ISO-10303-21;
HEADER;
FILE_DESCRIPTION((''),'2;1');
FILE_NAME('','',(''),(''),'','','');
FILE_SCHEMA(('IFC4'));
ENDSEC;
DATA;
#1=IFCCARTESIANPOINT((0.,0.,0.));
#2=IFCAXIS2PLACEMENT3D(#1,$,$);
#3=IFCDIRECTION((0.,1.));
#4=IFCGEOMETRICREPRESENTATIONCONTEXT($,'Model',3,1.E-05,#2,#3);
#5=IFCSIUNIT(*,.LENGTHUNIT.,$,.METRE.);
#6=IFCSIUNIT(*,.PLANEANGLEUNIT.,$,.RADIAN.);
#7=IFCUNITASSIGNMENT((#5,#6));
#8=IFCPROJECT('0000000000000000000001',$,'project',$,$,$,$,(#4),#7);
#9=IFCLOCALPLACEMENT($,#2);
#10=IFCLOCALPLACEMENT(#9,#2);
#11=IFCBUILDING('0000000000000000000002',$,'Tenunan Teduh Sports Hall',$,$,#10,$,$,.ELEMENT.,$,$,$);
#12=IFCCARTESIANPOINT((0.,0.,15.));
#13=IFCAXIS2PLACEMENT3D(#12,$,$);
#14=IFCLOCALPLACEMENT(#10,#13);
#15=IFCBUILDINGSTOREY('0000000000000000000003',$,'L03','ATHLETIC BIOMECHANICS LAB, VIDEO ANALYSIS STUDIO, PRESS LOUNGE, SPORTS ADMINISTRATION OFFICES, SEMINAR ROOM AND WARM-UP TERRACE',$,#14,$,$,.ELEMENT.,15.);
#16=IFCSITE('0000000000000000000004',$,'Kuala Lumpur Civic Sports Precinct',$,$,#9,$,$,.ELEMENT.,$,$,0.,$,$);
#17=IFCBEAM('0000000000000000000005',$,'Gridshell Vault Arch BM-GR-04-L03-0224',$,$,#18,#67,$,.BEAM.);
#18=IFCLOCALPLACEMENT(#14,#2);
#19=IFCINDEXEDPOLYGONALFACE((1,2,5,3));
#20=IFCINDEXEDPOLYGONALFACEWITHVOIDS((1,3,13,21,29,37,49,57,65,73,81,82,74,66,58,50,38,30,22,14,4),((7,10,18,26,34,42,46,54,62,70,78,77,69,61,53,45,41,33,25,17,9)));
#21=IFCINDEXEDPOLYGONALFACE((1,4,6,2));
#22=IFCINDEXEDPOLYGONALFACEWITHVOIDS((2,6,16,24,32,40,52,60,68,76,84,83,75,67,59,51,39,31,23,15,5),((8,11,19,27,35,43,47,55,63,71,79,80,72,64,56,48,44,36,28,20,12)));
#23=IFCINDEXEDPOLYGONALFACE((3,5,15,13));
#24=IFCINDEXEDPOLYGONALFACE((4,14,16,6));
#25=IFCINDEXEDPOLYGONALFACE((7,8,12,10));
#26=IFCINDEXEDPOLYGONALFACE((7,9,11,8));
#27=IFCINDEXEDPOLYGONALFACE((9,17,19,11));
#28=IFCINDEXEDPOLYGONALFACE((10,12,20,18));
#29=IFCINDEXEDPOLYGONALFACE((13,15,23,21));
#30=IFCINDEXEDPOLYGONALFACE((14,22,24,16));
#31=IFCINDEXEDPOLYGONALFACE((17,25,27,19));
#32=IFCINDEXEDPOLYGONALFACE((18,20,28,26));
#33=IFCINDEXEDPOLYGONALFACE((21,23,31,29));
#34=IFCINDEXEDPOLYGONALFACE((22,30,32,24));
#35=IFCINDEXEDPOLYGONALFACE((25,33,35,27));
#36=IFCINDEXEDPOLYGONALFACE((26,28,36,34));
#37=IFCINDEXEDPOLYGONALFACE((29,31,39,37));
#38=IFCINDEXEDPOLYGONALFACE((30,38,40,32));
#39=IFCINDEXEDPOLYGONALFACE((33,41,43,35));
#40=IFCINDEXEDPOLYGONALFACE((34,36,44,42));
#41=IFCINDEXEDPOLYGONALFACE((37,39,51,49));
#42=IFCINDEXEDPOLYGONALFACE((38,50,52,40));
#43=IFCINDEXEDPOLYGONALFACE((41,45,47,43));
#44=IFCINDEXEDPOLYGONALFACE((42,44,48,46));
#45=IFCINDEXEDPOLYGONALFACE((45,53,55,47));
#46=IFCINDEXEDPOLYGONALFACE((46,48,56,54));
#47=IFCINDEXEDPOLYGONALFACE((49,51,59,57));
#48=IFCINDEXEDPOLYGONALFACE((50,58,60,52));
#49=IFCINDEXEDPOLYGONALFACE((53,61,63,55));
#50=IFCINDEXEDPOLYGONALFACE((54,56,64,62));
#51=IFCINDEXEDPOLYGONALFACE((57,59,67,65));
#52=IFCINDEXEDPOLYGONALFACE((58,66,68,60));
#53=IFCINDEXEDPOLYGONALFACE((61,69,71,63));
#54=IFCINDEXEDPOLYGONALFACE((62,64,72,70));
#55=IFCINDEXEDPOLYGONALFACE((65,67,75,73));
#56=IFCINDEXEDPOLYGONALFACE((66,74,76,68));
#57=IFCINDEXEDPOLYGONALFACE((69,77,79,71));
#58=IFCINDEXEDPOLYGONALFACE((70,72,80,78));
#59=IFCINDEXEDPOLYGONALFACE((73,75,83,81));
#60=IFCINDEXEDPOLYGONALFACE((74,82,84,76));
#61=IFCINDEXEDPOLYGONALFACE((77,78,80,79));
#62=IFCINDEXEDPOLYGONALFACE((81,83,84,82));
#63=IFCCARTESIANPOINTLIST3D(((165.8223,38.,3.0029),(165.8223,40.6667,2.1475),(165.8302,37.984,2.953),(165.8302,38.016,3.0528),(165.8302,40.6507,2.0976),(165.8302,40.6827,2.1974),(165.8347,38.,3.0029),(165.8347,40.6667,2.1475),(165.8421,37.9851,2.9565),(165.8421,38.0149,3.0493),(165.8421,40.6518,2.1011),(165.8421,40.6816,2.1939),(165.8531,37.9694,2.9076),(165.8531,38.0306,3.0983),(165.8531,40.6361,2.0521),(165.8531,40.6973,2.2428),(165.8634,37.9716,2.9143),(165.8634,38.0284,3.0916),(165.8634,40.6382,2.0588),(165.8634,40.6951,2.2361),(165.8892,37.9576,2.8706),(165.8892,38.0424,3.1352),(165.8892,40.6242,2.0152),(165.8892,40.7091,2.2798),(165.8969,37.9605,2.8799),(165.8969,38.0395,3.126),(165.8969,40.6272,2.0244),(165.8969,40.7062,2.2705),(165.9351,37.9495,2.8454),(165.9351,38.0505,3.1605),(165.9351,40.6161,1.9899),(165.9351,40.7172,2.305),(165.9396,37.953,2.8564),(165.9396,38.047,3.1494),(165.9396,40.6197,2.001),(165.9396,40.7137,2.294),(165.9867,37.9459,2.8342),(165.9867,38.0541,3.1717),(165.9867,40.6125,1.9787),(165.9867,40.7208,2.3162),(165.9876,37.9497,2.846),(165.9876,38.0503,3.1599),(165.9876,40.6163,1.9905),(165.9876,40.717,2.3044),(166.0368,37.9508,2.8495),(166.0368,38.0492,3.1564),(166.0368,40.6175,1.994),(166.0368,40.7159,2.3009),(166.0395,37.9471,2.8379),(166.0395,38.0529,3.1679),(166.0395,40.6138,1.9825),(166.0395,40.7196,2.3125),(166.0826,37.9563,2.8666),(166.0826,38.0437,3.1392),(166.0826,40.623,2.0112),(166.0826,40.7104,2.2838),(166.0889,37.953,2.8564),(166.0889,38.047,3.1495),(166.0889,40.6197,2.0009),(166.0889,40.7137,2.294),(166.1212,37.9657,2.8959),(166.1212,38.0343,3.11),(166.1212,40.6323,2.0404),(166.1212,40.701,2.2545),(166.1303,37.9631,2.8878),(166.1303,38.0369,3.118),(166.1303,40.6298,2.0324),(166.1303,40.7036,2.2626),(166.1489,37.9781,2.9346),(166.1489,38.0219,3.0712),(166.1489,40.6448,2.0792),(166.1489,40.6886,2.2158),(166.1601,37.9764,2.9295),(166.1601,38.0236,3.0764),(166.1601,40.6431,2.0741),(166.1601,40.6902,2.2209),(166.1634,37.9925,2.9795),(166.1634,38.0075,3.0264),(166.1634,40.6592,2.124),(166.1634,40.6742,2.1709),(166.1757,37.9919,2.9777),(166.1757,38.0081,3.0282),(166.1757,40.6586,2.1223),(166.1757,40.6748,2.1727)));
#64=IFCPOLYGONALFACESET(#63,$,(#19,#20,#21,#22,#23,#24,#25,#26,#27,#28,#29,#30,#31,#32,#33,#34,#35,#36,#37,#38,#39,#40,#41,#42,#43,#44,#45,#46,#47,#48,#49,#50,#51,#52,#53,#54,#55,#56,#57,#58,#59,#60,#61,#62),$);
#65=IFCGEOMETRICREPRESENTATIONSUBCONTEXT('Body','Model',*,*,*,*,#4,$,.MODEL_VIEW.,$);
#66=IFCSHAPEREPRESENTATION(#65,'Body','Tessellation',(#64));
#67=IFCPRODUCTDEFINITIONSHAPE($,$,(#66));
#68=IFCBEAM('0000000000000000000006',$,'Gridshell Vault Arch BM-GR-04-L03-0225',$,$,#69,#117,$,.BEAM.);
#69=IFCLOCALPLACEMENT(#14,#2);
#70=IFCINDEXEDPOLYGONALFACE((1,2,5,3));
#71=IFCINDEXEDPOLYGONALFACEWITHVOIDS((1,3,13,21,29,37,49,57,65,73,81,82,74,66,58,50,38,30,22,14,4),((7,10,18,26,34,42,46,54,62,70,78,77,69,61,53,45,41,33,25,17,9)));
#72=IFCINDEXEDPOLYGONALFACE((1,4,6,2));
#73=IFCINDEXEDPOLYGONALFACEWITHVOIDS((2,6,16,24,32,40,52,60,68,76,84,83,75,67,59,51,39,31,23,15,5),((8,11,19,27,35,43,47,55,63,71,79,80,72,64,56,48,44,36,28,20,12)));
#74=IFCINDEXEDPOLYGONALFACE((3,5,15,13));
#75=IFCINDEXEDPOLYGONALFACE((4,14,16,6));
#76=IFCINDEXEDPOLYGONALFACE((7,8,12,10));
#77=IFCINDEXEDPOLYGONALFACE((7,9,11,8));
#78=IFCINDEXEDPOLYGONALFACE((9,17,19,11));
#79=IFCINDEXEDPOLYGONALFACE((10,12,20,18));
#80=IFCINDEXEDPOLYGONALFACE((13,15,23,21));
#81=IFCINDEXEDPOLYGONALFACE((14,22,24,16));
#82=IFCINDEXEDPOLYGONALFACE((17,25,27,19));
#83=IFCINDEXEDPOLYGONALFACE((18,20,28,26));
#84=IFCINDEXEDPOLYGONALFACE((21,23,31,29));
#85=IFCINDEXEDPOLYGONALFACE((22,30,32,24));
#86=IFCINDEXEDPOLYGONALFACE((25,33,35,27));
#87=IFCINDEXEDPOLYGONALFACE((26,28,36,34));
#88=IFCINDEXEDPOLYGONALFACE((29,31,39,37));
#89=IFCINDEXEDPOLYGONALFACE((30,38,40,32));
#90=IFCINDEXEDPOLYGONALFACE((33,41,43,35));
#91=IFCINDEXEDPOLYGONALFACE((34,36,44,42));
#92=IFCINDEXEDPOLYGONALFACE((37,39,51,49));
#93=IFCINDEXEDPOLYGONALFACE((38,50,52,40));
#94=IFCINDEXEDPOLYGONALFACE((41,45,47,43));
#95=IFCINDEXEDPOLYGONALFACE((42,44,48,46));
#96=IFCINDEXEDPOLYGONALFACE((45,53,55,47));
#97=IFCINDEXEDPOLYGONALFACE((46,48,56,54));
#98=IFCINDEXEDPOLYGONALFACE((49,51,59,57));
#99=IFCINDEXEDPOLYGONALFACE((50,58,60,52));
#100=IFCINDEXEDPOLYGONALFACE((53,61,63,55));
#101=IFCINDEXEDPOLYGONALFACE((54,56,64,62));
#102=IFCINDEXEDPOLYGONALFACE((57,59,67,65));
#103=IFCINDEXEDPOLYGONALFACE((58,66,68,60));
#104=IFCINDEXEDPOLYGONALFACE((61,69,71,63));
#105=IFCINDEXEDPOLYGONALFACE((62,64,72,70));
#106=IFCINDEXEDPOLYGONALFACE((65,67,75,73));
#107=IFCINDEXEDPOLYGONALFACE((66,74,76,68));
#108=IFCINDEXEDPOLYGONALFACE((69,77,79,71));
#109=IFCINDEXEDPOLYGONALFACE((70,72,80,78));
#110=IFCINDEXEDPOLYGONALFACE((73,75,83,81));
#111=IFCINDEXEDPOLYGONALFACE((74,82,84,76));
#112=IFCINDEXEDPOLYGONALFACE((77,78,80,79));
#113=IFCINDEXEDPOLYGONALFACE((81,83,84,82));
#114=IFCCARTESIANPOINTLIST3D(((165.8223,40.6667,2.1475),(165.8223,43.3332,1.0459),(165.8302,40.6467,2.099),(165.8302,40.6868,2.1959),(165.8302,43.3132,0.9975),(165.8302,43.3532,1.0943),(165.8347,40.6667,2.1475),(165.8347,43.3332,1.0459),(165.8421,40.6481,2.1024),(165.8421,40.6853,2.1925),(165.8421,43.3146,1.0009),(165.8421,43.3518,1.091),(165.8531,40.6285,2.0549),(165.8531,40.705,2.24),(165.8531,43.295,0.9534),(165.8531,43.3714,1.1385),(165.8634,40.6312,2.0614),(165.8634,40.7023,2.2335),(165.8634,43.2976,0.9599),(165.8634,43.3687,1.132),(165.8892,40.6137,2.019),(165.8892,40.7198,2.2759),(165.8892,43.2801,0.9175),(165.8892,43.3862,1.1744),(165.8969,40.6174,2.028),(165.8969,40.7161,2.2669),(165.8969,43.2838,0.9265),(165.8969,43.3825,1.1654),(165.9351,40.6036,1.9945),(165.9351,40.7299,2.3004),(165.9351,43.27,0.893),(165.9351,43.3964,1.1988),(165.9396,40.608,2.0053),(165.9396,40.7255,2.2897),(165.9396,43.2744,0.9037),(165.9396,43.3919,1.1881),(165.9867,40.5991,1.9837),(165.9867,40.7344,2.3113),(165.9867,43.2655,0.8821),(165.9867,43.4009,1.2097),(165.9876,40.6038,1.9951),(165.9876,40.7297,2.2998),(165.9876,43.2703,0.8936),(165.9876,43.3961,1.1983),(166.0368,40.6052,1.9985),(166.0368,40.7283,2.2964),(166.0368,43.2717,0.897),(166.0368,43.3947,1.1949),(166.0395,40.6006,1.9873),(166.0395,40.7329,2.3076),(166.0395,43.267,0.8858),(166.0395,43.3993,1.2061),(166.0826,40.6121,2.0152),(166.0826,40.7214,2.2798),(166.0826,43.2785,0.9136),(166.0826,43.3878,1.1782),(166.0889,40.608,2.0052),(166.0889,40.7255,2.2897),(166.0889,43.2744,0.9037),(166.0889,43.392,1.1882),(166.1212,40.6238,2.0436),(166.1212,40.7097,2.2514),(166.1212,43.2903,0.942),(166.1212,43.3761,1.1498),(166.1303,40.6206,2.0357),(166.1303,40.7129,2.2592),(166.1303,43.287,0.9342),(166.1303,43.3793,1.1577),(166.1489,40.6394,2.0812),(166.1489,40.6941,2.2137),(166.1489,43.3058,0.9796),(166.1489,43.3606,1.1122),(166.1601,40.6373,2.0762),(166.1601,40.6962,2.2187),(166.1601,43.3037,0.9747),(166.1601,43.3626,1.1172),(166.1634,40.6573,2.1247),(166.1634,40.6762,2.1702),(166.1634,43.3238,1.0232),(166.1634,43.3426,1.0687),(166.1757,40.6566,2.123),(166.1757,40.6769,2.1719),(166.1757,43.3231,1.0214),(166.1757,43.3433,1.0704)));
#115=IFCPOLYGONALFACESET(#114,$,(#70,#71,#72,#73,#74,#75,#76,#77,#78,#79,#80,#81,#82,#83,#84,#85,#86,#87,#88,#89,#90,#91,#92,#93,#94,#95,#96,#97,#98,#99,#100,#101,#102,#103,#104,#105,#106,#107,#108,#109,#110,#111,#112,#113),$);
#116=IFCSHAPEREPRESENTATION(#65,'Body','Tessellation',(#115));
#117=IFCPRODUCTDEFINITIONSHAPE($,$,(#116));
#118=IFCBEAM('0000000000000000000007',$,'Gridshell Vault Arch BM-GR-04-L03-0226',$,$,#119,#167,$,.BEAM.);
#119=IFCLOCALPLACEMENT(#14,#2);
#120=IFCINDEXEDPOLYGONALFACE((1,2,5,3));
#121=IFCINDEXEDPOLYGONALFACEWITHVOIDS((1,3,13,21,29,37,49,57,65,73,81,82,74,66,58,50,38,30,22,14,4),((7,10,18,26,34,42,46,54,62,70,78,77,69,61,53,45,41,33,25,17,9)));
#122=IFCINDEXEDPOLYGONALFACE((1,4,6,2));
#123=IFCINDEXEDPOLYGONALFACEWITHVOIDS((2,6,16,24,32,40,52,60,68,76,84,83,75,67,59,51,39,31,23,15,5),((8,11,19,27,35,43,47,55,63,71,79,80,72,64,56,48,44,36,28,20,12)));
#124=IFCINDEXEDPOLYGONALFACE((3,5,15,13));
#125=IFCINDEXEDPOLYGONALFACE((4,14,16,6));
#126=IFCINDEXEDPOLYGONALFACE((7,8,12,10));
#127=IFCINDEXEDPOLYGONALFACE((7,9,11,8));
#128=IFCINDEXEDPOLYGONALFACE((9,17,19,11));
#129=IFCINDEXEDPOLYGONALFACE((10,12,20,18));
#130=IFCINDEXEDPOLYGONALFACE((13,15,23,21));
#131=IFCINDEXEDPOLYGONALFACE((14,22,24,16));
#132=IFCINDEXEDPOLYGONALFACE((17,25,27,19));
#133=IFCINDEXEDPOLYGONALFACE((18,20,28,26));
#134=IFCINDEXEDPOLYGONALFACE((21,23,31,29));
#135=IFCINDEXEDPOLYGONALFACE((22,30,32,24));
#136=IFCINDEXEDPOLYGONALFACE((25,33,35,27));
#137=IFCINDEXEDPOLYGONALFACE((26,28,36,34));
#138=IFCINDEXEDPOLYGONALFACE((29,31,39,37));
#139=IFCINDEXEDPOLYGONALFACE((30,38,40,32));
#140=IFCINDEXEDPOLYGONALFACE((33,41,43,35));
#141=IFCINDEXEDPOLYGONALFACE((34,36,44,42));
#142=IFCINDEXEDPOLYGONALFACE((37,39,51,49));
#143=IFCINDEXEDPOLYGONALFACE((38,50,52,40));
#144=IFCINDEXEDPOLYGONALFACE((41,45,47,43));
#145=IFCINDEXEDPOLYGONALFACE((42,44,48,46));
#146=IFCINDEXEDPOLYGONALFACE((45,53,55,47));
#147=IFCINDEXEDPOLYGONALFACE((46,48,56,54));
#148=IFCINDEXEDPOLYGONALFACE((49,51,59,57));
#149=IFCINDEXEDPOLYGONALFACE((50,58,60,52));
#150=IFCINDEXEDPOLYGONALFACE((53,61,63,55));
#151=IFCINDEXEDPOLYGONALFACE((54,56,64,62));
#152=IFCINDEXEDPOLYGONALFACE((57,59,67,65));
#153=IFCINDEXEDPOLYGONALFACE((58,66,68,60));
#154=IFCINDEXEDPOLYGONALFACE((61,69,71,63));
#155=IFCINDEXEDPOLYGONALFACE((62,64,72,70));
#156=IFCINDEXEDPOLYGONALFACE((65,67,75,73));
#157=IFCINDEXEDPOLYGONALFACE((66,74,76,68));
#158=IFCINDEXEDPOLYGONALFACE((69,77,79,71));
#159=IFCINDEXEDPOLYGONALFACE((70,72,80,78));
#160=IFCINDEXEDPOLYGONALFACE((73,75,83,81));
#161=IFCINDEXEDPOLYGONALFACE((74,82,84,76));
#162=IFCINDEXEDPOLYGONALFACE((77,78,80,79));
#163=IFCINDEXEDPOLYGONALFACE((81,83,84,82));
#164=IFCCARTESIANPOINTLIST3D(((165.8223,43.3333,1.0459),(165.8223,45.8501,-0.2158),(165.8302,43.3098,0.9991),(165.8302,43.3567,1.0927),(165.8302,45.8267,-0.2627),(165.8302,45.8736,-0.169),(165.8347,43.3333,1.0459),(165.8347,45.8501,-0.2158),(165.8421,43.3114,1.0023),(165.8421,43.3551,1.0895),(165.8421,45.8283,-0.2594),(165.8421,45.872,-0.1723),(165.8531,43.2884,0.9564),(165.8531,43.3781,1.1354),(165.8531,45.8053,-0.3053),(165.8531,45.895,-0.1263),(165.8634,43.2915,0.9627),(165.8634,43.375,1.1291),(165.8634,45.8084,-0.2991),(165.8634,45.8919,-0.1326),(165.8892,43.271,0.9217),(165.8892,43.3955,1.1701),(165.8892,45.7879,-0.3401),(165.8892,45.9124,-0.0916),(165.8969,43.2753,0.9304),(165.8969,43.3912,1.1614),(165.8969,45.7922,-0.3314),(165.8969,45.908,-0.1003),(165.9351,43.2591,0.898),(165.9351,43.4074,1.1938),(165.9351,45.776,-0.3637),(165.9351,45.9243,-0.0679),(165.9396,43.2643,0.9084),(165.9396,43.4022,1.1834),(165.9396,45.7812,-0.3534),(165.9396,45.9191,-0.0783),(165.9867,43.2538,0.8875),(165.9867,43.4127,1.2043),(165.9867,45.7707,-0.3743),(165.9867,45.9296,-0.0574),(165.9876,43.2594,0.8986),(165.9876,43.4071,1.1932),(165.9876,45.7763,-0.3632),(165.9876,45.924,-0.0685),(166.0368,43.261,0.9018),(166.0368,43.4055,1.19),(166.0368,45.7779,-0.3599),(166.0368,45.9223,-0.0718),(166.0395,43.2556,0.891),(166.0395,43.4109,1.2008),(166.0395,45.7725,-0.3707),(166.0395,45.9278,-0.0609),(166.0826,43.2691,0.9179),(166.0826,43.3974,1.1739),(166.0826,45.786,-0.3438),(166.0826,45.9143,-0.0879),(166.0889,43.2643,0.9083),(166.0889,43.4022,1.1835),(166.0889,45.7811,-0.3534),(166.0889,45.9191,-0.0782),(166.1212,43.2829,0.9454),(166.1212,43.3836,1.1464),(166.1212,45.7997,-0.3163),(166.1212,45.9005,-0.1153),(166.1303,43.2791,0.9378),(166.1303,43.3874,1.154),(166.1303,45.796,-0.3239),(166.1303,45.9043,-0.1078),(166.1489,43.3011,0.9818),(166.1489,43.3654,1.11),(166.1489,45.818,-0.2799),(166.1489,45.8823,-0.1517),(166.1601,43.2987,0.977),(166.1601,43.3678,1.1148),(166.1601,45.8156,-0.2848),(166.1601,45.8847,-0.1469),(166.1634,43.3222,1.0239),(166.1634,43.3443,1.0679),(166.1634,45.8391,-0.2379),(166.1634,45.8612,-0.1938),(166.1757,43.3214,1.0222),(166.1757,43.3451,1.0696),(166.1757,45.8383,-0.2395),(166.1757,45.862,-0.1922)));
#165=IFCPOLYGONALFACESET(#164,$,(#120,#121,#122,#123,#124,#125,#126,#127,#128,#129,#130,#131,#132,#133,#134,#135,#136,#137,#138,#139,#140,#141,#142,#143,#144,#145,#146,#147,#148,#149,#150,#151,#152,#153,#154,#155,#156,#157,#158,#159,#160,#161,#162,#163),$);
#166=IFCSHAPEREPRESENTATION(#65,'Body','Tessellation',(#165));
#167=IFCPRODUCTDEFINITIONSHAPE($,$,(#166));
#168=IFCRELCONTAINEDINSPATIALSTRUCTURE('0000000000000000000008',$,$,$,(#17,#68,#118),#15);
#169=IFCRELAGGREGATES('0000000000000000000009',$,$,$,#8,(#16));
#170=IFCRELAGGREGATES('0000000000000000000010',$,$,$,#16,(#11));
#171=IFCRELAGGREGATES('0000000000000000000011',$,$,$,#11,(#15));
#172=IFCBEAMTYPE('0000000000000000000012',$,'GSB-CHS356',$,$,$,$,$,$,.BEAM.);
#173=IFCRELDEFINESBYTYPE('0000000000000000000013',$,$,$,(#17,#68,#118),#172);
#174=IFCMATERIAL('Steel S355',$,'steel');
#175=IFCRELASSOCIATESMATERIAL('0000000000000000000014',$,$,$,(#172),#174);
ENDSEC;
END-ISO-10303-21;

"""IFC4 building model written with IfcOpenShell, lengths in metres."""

from ifc_helpers import new_model, si_unit, direction, frame, origin, origin_2d, place, context, subcontext, project, spatial, hollow_circle, extrude, material, material_profile, profile_set, type_object, element, save


model = new_model("IFC4")

# Units and contexts
model_context = context("Model", 3, precision=1e-05, world=origin(), true_north=direction((0.0, 1.0)))
body_context = subcontext(model_context, "Body", "Model", "MODEL_VIEW")
ifc_project = project(units=[si_unit("LENGTHUNIT", "METRE"), si_unit("PLANEANGLEUNIT", "RADIAN")], contexts=[model_context])

# Site, building, storey
site_placement = place(None, origin())
site = spatial("IfcSite", under=ifc_project, at=site_placement, Name="Kuala Lumpur Civic Sports Precinct", CompositionType="ELEMENT", RefElevation=0.0)
building_placement = place(site_placement, origin())
building = spatial("IfcBuilding", under=site, at=building_placement, Name="Tenunan Teduh Sports Hall", CompositionType="ELEMENT")
storey_placement = place(building_placement, frame((0.0, 0.0, 15.0)))
storey = spatial("IfcBuildingStorey", under=building, at=storey_placement, Name="L03", Description="ATHLETIC BIOMECHANICS LAB, VIDEO ANALYSIS STUDIO, PRESS LOUNGE, SPORTS ADMINISTRATION OFFICES, SEMINAR ROOM AND WARM-UP TERRACE", CompositionType="ELEMENT", Elevation=15.0)

# Beams
ifc_material_1 = material(Name="Steel S355", Category="steel")
ifc_material_profile_1 = material_profile(ifc_material_1, hollow_circle(Radius=0.1777, WallThickness=0.0125, at=origin_2d()), Name="CHS 355.6x12.5")
ifc_profile_set_1 = profile_set([ifc_material_profile_1], Name="Steel S355")
beam_type_1 = type_object("IfcBeamType", Name="GSB-CHS356", PredefinedType="BEAM", material=ifc_profile_set_1)
beam_1_placement = place(storey_placement, frame((166.0, 38.0, 3.0029), z_axis=(0.0, 0.952205, -0.305459), x_axis=(-1.0, 0.0, 0.0)))
element("IfcBeam", 1, at=beam_1_placement, inside=storey, type_object=beam_type_1, Name="Gridshell Vault Arch BM-GR-04-L03-0224", PredefinedType="BEAM", context=body_context, shape_type="SweptSolid", body=[
    extrude(hollow_circle(Radius=0.1777, WallThickness=0.0125, at=origin_2d()), origin(), (0.0, 0.0, 1.0), 2.8005),
])
beam_2_placement = place(storey_placement, frame((166.0, 40.6667, 2.1475), z_axis=(0.0, 0.924239, -0.381814), x_axis=(-1.0, 0.0, 0.0)))
element("IfcBeam", 2, at=beam_2_placement, inside=storey, type_object=beam_type_1, Name="Gridshell Vault Arch BM-GR-04-L03-0225", PredefinedType="BEAM", context=body_context, shape_type="SweptSolid", body=[
    extrude(hollow_circle(Radius=0.1777, WallThickness=0.0125, at=origin_2d()), origin(), (0.0, 0.0, 1.0), 2.885),
])
beam_3_placement = place(storey_placement, frame((166.0, 43.3333, 1.0459), z_axis=(0.0, 0.893958, -0.44815), x_axis=(-1.0, 0.0, 0.0)))
element("IfcBeam", 3, at=beam_3_placement, inside=storey, type_object=beam_type_1, Name="Gridshell Vault Arch BM-GR-04-L03-0226", PredefinedType="BEAM", context=body_context, shape_type="SweptSolid", body=[
    extrude(hollow_circle(Radius=0.1777, WallThickness=0.0125, at=origin_2d()), origin(), (0.0, 0.0, 1.0), 2.8154),
])

save(model, "model.ifc")
